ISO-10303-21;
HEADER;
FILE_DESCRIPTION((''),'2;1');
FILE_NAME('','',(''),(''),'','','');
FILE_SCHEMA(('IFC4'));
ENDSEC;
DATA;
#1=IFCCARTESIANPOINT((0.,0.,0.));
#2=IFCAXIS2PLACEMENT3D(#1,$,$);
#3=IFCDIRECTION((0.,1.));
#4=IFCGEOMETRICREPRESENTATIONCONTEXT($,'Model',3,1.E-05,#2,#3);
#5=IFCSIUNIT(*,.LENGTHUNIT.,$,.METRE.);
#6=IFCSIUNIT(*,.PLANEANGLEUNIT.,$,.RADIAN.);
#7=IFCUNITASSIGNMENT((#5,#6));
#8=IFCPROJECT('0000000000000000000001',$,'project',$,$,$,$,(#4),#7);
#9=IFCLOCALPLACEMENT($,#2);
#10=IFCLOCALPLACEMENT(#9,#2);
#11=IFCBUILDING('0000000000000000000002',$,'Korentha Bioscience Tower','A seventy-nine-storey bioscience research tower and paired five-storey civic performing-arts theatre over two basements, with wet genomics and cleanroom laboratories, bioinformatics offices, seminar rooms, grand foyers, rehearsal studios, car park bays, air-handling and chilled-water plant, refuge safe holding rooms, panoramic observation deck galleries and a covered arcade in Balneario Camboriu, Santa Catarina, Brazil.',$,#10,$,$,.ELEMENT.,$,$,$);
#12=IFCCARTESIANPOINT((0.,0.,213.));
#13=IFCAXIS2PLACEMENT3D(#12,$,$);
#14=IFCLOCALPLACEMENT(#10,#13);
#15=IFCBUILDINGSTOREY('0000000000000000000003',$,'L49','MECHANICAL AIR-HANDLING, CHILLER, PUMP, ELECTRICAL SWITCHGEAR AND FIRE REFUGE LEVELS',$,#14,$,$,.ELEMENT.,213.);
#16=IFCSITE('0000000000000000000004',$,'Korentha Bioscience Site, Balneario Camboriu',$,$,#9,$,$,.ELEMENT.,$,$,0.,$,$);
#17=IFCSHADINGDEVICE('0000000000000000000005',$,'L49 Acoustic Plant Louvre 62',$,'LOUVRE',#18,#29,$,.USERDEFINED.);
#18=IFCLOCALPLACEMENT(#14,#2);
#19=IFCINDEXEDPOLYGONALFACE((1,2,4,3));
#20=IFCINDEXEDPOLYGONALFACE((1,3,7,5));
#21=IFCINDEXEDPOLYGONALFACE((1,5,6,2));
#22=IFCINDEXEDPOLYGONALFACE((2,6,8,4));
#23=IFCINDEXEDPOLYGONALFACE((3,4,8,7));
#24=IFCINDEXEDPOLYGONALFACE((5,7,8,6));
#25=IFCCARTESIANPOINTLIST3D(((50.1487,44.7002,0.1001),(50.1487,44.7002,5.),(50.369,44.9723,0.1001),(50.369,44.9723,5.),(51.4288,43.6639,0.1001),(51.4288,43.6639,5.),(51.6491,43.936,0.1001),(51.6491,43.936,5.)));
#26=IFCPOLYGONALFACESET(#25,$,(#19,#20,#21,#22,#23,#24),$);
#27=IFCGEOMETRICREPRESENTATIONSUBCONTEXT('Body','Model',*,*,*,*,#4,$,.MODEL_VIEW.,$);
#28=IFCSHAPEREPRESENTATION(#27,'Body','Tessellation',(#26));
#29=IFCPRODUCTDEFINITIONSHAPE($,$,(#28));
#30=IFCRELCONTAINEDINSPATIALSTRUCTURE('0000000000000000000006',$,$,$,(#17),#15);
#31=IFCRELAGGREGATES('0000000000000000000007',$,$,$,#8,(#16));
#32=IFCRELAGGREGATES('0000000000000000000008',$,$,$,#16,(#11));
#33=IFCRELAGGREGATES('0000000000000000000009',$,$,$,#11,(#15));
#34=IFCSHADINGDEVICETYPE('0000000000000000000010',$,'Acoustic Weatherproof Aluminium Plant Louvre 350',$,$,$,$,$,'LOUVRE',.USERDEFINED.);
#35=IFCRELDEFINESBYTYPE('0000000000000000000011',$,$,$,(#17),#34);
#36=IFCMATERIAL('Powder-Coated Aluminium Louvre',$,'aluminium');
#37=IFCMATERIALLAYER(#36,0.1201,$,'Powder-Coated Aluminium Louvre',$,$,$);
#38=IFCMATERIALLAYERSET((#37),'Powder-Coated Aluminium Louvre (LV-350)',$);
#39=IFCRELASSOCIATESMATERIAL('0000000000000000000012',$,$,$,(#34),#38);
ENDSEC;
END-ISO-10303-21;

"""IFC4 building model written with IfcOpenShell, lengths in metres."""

from ifc_helpers import new_model, si_unit, direction, frame, origin, origin_2d, place, context, subcontext, project, spatial, rectangle, extrude, material, layer, layer_set, type_object, element, save


model = new_model("IFC4")

# Units and contexts
model_context = context("Model", 3, precision=1e-05, world=origin(), true_north=direction((0.0, 1.0)))
body_context = subcontext(model_context, "Body", "Model", "MODEL_VIEW")
ifc_project = project(units=[si_unit("LENGTHUNIT", "METRE"), si_unit("PLANEANGLEUNIT", "RADIAN")], contexts=[model_context])

# Site, building, storey
site_placement = place(None, origin())
site = spatial("IfcSite", under=ifc_project, at=site_placement, Name="Korentha Bioscience Site, Balneario Camboriu", CompositionType="ELEMENT", RefElevation=0.0)
building_placement = place(site_placement, origin())
building = spatial("IfcBuilding", under=site, at=building_placement, Name="Korentha Bioscience Tower", Description="A seventy-nine-storey bioscience research tower and paired five-storey civic performing-arts theatre over two basements, with wet genomics and cleanroom laboratories, bioinformatics offices, seminar rooms, grand foyers, rehearsal studios, car park bays, air-handling and chilled-water plant, refuge safe holding rooms, panoramic observation deck galleries and a covered arcade in Balneario Camboriu, Santa Catarina, Brazil.", CompositionType="ELEMENT")
storey_placement = place(building_placement, frame((0.0, 0.0, 213.0)))
storey = spatial("IfcBuildingStorey", under=building, at=storey_placement, Name="L49", Description="MECHANICAL AIR-HANDLING, CHILLER, PUMP, ELECTRICAL SWITCHGEAR AND FIRE REFUGE LEVELS", CompositionType="ELEMENT", Elevation=213.0)

# Shading device
ifc_material_1 = material(Name="Powder-Coated Aluminium Louvre", Category="aluminium")
ifc_layer_1 = layer(ifc_material_1, 0.1201, Name="Powder-Coated Aluminium Louvre")
ifc_layer_set_1 = layer_set([ifc_layer_1], Name="Powder-Coated Aluminium Louvre (LV-350)")
shading_device_type = type_object("IfcShadingDeviceType", Name="Acoustic Weatherproof Aluminium Plant Louvre 350", ElementType="LOUVRE", PredefinedType="USERDEFINED", material=ifc_layer_set_1)
shading_device_1_placement = place(storey_placement, frame((50.8989, 44.3181, 0.1001), z_axis=(0.0, 0.0, 1.0), x_axis=(-0.777238, 0.629206, 0.0)))
element("IfcShadingDevice", 1, at=shading_device_1_placement, inside=storey, type_object=shading_device_type, Name="L49 Acoustic Plant Louvre 62", ObjectType="LOUVRE", PredefinedType="USERDEFINED", context=body_context, shape_type="SweptSolid", body=[
    extrude(rectangle(XDim=1.647, YDim=0.3501, at=origin_2d()), origin(), (0.0, 0.0, 1.0), 4.8999),
])

save(model, "model.ifc")
